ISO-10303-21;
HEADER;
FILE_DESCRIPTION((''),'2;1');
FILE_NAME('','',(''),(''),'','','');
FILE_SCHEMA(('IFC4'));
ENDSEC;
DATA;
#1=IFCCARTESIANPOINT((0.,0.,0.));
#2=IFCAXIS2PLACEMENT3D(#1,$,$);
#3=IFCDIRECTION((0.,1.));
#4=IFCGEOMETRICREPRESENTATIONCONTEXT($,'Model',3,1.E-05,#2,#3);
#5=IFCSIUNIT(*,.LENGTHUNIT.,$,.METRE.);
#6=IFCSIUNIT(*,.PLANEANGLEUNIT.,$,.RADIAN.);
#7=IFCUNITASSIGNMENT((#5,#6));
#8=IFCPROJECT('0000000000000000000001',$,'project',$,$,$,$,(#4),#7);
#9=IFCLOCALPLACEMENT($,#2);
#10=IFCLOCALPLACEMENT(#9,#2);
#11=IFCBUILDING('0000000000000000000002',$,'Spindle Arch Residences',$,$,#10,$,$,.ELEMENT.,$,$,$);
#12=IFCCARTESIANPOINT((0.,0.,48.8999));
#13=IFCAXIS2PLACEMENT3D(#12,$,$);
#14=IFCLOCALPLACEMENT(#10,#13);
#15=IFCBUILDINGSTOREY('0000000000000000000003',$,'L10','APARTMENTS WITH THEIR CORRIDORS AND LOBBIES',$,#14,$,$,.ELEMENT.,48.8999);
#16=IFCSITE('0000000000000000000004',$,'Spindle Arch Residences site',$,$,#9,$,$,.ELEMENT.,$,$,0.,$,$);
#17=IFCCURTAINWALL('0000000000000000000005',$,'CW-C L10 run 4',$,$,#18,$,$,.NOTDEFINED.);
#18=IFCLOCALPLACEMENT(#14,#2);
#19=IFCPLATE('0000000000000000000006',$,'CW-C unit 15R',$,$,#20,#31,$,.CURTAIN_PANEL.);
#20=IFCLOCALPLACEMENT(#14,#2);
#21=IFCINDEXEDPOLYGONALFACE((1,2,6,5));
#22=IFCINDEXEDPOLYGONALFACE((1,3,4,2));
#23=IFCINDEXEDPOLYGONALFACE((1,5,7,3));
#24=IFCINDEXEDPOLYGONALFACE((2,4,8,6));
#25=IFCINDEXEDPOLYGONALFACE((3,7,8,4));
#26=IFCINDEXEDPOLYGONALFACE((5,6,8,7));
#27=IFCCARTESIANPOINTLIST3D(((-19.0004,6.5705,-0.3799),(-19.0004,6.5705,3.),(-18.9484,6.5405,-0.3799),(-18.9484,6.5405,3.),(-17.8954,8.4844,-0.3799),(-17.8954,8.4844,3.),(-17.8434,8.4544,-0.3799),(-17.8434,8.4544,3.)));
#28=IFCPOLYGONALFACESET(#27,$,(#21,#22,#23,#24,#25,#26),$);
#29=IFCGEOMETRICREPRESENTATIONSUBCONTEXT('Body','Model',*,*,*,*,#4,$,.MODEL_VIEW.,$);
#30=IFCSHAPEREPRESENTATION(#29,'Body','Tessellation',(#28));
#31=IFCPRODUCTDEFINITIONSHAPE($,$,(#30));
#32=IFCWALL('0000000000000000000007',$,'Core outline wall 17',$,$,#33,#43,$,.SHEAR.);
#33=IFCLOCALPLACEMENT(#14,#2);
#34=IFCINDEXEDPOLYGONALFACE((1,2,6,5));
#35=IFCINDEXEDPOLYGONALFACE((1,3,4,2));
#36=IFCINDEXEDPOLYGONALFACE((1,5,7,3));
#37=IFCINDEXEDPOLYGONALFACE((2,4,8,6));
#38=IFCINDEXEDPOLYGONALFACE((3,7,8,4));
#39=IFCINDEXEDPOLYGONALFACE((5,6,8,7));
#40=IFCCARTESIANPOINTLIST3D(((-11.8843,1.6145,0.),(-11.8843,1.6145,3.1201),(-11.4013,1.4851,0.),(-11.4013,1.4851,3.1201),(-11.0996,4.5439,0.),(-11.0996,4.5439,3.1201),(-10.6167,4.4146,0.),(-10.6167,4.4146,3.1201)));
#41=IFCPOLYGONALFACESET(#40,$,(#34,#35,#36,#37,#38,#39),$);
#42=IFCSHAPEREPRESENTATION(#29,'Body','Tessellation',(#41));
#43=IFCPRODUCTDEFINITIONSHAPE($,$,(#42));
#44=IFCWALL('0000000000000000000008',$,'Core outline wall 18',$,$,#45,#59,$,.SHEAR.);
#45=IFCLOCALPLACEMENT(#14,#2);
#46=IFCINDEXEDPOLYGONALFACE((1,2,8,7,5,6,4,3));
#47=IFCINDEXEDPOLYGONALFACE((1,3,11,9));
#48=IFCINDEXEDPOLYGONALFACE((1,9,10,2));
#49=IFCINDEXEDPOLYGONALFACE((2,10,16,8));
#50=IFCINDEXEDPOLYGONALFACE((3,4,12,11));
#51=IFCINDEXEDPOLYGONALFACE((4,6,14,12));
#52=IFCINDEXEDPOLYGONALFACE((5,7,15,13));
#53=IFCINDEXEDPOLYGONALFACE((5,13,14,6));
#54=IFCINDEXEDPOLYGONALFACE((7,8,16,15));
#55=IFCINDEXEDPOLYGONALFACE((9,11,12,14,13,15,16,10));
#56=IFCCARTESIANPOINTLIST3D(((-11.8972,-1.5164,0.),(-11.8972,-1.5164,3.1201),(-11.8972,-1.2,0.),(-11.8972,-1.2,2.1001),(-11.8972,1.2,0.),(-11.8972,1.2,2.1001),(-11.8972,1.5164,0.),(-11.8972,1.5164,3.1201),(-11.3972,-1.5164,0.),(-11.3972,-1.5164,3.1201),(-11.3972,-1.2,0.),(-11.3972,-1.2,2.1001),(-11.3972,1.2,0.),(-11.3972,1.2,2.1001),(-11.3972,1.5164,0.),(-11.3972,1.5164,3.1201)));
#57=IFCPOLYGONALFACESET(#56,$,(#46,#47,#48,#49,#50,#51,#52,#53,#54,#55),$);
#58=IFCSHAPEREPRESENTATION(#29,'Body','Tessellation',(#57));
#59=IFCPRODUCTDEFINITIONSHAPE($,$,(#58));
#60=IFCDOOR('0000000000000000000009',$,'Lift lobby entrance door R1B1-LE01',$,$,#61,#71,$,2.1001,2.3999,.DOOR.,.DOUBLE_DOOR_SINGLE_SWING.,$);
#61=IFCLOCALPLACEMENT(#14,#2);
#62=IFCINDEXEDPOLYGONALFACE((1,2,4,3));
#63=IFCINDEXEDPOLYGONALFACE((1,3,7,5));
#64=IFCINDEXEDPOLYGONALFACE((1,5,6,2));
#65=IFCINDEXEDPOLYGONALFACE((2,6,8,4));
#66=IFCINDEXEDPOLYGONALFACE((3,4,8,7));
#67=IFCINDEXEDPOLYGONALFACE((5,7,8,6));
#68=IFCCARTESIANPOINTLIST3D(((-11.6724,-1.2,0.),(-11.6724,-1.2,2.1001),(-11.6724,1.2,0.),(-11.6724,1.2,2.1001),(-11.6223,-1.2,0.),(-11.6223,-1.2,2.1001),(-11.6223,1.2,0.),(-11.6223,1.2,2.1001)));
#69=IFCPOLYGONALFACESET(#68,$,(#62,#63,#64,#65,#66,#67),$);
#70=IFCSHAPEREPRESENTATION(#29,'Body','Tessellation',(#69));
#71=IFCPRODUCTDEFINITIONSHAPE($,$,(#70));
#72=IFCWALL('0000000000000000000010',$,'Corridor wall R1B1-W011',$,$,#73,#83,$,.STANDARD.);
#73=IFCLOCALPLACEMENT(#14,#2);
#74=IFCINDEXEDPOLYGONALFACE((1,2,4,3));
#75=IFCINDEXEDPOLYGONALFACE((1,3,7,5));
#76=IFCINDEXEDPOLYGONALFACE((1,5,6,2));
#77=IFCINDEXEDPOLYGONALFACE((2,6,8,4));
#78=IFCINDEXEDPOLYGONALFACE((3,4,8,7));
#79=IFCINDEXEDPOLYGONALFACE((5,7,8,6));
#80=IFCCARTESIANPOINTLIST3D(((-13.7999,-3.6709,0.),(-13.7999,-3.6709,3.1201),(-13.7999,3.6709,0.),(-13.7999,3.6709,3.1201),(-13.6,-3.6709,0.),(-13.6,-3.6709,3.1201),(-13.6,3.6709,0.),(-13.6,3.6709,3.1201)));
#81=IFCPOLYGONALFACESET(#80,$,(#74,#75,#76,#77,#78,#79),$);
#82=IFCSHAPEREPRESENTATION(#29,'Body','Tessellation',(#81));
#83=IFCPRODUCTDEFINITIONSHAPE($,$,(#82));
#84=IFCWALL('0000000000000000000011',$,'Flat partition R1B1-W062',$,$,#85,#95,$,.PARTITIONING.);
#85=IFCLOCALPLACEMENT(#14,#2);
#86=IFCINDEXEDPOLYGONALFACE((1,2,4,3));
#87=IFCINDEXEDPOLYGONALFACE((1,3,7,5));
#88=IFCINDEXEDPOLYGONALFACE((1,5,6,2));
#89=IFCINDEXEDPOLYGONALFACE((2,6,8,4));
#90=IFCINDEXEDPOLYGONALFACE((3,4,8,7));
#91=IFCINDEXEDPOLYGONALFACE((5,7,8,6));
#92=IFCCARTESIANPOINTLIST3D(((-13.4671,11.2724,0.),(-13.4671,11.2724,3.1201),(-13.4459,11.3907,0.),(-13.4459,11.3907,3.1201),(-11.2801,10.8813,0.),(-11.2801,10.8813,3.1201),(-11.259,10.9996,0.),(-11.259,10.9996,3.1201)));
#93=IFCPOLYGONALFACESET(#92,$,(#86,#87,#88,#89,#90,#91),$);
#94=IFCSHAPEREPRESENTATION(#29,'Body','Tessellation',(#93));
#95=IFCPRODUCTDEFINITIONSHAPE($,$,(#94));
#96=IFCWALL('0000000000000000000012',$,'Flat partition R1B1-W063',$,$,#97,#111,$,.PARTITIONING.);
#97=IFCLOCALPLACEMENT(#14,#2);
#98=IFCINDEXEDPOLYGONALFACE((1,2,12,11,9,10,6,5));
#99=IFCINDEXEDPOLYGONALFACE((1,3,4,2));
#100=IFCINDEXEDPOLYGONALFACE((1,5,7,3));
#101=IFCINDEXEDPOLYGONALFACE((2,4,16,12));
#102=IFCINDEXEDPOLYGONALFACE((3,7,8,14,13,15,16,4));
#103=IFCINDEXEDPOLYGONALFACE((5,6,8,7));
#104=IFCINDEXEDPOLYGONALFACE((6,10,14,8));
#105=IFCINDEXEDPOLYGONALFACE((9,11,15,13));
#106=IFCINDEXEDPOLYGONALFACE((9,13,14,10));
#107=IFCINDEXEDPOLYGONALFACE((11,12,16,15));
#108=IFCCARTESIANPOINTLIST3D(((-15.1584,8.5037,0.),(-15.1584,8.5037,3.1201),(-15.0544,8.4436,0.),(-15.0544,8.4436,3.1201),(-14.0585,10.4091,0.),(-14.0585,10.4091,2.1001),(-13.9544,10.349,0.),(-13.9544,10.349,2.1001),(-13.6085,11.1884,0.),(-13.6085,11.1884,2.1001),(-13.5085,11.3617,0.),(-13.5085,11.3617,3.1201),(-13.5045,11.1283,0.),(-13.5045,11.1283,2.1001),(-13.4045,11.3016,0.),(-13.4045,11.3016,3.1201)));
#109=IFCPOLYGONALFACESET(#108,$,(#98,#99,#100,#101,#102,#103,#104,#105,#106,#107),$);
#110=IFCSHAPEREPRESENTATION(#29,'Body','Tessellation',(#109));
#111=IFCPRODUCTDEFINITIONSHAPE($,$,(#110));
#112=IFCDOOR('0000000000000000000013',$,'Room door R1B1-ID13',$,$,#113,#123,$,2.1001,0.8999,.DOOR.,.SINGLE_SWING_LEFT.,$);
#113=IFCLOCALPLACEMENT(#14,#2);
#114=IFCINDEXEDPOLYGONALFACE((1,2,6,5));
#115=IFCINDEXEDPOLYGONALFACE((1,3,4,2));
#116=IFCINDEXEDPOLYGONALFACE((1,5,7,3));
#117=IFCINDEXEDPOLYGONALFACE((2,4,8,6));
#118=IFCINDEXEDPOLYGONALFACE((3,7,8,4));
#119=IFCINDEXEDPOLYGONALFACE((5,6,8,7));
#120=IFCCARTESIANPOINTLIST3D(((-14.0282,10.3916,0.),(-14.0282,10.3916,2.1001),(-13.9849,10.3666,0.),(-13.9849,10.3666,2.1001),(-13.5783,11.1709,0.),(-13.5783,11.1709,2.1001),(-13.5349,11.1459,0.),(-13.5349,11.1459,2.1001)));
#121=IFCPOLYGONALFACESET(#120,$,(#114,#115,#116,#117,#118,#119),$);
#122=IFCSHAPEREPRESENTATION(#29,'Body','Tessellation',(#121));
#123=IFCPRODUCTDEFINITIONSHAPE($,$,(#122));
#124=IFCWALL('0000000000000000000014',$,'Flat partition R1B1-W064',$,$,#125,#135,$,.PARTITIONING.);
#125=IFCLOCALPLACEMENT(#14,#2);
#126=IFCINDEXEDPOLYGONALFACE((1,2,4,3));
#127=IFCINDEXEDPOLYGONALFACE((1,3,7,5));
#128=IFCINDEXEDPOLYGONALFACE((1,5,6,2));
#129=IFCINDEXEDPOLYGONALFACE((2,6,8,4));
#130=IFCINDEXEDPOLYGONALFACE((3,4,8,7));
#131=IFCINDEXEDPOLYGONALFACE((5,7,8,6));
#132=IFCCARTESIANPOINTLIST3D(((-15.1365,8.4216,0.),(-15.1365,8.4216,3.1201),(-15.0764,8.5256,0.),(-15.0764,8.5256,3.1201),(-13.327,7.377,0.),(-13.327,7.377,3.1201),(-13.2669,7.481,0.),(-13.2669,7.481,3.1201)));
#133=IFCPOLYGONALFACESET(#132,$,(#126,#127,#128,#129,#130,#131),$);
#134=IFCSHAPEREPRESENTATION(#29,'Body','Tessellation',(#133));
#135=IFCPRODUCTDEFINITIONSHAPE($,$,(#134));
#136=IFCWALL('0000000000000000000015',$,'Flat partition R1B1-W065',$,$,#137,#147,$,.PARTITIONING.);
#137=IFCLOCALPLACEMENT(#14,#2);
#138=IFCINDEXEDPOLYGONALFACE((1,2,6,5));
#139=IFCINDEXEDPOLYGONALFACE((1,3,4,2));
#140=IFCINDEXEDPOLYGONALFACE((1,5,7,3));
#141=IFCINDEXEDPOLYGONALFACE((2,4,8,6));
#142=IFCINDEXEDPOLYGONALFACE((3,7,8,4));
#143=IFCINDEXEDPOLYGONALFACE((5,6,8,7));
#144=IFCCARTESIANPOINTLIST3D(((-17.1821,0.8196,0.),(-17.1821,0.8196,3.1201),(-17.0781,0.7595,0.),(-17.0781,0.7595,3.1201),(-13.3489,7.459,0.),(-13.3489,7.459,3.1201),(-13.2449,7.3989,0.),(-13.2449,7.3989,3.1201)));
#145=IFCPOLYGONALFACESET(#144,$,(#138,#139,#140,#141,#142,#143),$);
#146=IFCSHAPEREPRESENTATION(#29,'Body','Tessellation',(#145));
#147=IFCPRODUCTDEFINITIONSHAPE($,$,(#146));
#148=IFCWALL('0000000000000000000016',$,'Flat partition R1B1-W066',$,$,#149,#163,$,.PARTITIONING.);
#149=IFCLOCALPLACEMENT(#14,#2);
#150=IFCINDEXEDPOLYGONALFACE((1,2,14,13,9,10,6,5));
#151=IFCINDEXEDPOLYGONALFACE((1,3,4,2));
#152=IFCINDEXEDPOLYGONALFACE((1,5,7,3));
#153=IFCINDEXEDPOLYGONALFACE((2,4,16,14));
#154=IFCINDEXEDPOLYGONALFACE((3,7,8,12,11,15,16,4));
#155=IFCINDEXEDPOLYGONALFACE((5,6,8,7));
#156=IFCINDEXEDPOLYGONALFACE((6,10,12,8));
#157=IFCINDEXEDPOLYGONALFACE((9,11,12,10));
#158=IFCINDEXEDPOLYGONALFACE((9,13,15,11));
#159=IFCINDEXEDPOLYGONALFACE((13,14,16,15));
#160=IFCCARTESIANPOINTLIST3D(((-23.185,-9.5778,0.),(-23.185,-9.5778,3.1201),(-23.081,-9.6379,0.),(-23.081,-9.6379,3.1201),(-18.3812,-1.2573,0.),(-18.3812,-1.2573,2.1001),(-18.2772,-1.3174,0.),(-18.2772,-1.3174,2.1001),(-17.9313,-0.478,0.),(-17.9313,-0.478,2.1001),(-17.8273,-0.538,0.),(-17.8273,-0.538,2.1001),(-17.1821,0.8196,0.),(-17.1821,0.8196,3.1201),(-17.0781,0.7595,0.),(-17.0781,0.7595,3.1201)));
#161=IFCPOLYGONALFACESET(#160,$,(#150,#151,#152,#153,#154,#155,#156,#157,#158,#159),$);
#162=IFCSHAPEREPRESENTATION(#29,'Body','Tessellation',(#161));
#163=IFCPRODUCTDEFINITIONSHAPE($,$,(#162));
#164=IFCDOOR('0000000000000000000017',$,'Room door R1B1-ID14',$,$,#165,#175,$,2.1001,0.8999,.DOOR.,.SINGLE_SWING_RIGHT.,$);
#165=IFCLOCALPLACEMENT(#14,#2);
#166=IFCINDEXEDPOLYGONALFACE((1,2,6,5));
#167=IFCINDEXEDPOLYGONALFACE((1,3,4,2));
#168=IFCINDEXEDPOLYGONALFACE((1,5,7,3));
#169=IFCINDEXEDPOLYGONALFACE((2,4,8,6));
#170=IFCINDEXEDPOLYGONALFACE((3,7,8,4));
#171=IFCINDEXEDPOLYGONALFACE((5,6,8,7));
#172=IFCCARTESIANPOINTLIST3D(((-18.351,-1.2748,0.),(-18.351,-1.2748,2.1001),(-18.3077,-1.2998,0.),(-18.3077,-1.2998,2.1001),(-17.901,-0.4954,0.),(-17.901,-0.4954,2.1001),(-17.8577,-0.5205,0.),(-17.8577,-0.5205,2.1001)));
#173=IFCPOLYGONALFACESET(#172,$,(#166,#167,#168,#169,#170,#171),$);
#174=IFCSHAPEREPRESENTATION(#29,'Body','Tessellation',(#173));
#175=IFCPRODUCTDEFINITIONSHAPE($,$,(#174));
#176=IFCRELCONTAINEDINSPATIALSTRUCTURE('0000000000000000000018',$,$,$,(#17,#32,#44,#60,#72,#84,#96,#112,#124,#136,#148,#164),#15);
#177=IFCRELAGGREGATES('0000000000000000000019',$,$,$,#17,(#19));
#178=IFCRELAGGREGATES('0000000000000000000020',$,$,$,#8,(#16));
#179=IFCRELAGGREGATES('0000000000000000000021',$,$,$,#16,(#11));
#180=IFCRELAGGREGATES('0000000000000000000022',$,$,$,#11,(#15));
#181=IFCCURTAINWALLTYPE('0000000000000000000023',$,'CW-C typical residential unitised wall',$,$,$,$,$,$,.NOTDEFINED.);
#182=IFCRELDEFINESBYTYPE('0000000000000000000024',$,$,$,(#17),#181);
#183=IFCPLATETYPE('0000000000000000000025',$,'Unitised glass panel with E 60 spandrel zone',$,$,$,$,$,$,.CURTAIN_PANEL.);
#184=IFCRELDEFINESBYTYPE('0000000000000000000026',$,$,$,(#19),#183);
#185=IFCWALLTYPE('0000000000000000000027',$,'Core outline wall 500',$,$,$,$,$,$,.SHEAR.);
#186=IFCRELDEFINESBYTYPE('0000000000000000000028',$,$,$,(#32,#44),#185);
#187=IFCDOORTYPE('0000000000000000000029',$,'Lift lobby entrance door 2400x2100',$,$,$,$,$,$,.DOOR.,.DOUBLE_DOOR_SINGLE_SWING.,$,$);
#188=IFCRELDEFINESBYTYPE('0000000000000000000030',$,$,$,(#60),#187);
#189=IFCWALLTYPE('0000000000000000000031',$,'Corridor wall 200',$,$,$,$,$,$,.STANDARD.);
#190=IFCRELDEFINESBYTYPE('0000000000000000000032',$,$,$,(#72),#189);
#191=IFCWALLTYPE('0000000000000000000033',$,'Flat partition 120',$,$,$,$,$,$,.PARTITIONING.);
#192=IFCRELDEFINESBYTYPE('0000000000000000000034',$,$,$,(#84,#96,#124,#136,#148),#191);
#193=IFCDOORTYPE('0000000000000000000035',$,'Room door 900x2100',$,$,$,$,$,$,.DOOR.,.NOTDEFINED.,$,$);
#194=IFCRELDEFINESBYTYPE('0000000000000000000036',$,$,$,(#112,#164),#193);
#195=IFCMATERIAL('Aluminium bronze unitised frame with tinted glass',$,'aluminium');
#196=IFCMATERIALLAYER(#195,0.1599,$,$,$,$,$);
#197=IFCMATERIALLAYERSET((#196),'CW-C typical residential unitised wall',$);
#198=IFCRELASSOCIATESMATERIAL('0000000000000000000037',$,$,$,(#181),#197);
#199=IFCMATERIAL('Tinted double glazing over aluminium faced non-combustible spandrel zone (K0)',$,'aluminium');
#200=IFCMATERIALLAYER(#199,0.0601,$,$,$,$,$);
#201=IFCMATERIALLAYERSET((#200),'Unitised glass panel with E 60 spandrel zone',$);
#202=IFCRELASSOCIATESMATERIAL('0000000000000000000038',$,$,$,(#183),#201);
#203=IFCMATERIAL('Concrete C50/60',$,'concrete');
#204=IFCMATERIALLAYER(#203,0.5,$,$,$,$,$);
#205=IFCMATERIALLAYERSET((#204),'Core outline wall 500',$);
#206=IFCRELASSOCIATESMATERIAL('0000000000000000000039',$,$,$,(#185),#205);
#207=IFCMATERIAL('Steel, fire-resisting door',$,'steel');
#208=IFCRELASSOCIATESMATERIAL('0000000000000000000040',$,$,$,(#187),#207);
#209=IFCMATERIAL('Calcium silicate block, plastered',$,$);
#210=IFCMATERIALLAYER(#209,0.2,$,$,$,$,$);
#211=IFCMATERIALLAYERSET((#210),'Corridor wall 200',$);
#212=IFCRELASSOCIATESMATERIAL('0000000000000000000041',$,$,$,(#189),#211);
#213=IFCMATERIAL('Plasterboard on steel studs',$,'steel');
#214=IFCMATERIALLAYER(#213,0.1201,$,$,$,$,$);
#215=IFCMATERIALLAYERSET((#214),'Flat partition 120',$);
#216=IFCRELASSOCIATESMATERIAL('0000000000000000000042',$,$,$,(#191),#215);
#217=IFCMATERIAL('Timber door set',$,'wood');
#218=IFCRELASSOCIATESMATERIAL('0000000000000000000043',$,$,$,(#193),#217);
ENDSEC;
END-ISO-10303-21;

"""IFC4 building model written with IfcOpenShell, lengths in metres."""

from ifc_helpers import new_model, si_unit, direction, frame, frame_2d, origin, origin_2d, place, context, subcontext, project, spatial, rectangle, extrude, material, layer, layer_set, type_object, element, fill, aggregate, save


model = new_model("IFC4")

# Units and contexts
model_context = context("Model", 3, precision=1e-05, world=origin(), true_north=direction((0.0, 1.0)))
body_context = subcontext(model_context, "Body", "Model", "MODEL_VIEW")
ifc_project = project(units=[si_unit("LENGTHUNIT", "METRE"), si_unit("PLANEANGLEUNIT", "RADIAN")], contexts=[model_context])

# Site, building, storey
site_placement = place(None, origin())
site = spatial("IfcSite", under=ifc_project, at=site_placement, Name="Spindle Arch Residences site", CompositionType="ELEMENT", RefElevation=0.0)
building_placement = place(site_placement, origin())
building = spatial("IfcBuilding", under=site, at=building_placement, Name="Spindle Arch Residences", CompositionType="ELEMENT")
storey_placement = place(building_placement, frame((0.0, 0.0, 48.8999)))
storey = spatial("IfcBuildingStorey", under=building, at=storey_placement, Name="L10", Description="APARTMENTS WITH THEIR CORRIDORS AND LOBBIES", CompositionType="ELEMENT", Elevation=48.8999)

# Curtain wall, plate
ifc_material_1 = material(Name="Aluminium bronze unitised frame with tinted glass", Category="aluminium")
ifc_layer_1 = layer(ifc_material_1, 0.1599)
ifc_layer_set_1 = layer_set([ifc_layer_1], Name="CW-C typical residential unitised wall")
curtain_wall_type = type_object("IfcCurtainWallType", Name="CW-C typical residential unitised wall", PredefinedType="NOTDEFINED", material=ifc_layer_set_1)
curtain_wall_placement = place(storey_placement, origin())
curtain_wall = element("IfcCurtainWall", 1, at=curtain_wall_placement, inside=storey, type_object=curtain_wall_type, Name="CW-C L10 run 4", PredefinedType="NOTDEFINED")
ifc_material_2 = material(Name="Tinted double glazing over aluminium faced non-combustible spandrel zone (K0)", Category="aluminium")
ifc_layer_2 = layer(ifc_material_2, 0.0601)
ifc_layer_set_2 = layer_set([ifc_layer_2], Name="Unitised glass panel with E 60 spandrel zone")
plate_type = type_object("IfcPlateType", Name="Unitised glass panel with E 60 spandrel zone", PredefinedType="CURTAIN_PANEL", material=ifc_layer_set_2)
plate_placement = place(storey_placement, frame((-18.4219, 7.5125, -0.3799), z_axis=(0.0, 0.0, 1.0), x_axis=(-0.5, -0.866025, 0.0)))
plate = element("IfcPlate", 2, at=plate_placement, type_object=plate_type, Name="CW-C unit 15R", PredefinedType="CURTAIN_PANEL", context=body_context, shape_type="SweptSolid", body=[
    extrude(rectangle(XDim=2.21, YDim=0.0601, at=origin_2d()), origin(), (0.0, 0.0, 1.0), 3.3799),
])
aggregate(curtain_wall, [plate])

# Wall
ifc_material_3 = material(Name="Concrete C50/60", Category="concrete")
ifc_layer_3 = layer(ifc_material_3, 0.5)
ifc_layer_set_3 = layer_set([ifc_layer_3], Name="Core outline wall 500")
wall_type_1 = type_object("IfcWallType", Name="Core outline wall 500", PredefinedType="SHEAR", material=ifc_layer_set_3)
wall_1_placement = place(storey_placement, frame((-10.8582, 4.4792, 0.0), z_axis=(0.0, 0.0, 1.0), x_axis=(-0.258735, -0.965948, 0.0)))
element("IfcWall", 3, at=wall_1_placement, inside=storey, type_object=wall_type_1, Name="Core outline wall 17", PredefinedType="SHEAR", context=body_context, shape_type="SweptSolid", body=[
    extrude(rectangle(XDim=3.0327, YDim=0.5, at=frame_2d((1.5164, 0.0))), origin(), (0.0, 0.0, 1.0), 3.1201),
])

# Wall, opening, door
wall_2_placement = place(storey_placement, frame((-11.6472, 1.5164, 0.0), z_axis=(0.0, 0.0, 1.0), x_axis=(0.0, -1.0, 0.0)))
wall_2 = element("IfcWall", 4, at=wall_2_placement, inside=storey, type_object=wall_type_1, Name="Core outline wall 18", PredefinedType="SHEAR", context=body_context, shape_type="SweptSolid", body=[
    extrude(rectangle(XDim=3.0327, YDim=0.5, at=frame_2d((1.5164, 0.0))), origin(), (0.0, 0.0, 1.0), 3.1201),
])
opening_1_placement = place(wall_2_placement, frame((0.3164, 0.0, 0.0)))
opening_1 = element("IfcOpeningElement", 5, at=opening_1_placement, cuts=wall_2, PredefinedType="OPENING", context=body_context, shape_type="SweptSolid", body=[
    extrude(rectangle(XDim=2.3999, YDim=2.1001, at=frame_2d((1.2, 1.05))), frame((0.0, 0.26, 0.0), z_axis=(0.0, -1.0, 0.0), x_axis=(1.0, 0.0, 0.0)), (0.0, 0.0, 1.0), 0.52),
])
ifc_material_4 = material(Name="Steel, fire-resisting door", Category="steel")
door_type_1 = type_object("IfcDoorType", Name="Lift lobby entrance door 2400x2100", OperationType="DOUBLE_DOOR_SINGLE_SWING", PredefinedType="DOOR", material=ifc_material_4)
door_1_placement = place(opening_1_placement, origin())
door_1 = element("IfcDoor", 6, at=door_1_placement, inside=storey, type_object=door_type_1, Name="Lift lobby entrance door R1B1-LE01", OperationType="DOUBLE_DOOR_SINGLE_SWING", OverallHeight=2.1001, OverallWidth=2.3999, PredefinedType="DOOR", context=body_context, shape_type="SweptSolid", body=[
    extrude(rectangle(XDim=2.3999, YDim=2.1001, at=frame_2d((1.2, 1.05))), frame((0.0, 0.0249, 0.0), z_axis=(0.0, -1.0, 0.0), x_axis=(1.0, 0.0, 0.0)), (0.0, 0.0, 1.0), 0.05),
])
fill(opening_1, door_1)

# Walls
ifc_material_5 = material(Name="Calcium silicate block, plastered")
ifc_layer_4 = layer(ifc_material_5, 0.2)
ifc_layer_set_4 = layer_set([ifc_layer_4], Name="Corridor wall 200")
wall_type_2 = type_object("IfcWallType", Name="Corridor wall 200", PredefinedType="STANDARD", material=ifc_layer_set_4)
wall_3_placement = place(storey_placement, frame((-13.7, 3.6709, 0.0), z_axis=(0.0, 0.0, 1.0), x_axis=(0.0, -1.0, 0.0)))
element("IfcWall", 7, at=wall_3_placement, inside=storey, type_object=wall_type_2, Name="Corridor wall R1B1-W011", PredefinedType="STANDARD", context=body_context, shape_type="SweptSolid", body=[
    extrude(rectangle(XDim=7.3418, YDim=0.2, at=frame_2d((3.6709, 0.0))), origin(), (0.0, 0.0, 1.0), 3.1201),
])
ifc_material_6 = material(Name="Plasterboard on steel studs", Category="steel")
ifc_layer_5 = layer(ifc_material_6, 0.1201)
ifc_layer_set_5 = layer_set([ifc_layer_5], Name="Flat partition 120")
wall_type_3 = type_object("IfcWallType", Name="Flat partition 120", PredefinedType="PARTITIONING", material=ifc_layer_set_5)
wall_4_placement = place(storey_placement, frame((-11.2695, 10.9404, 0.0), z_axis=(0.0, 0.0, 1.0), x_axis=(-0.984383, 0.176042, 0.0)))
element("IfcWall", 8, at=wall_4_placement, inside=storey, type_object=wall_type_3, Name="Flat partition R1B1-W062", PredefinedType="PARTITIONING", context=body_context, shape_type="SweptSolid", body=[
    extrude(rectangle(XDim=2.2217, YDim=0.1201, at=frame_2d((1.1108, 0.0))), origin(), (0.0, 0.0, 1.0), 3.1201),
])

# Wall, opening, door
wall_5_placement = place(storey_placement, frame((-13.4565, 11.3315, 0.0), z_axis=(0.0, 0.0, 1.0), x_axis=(-0.499974, -0.86604, 0.0)))
wall_5 = element("IfcWall", 9, at=wall_5_placement, inside=storey, type_object=wall_type_3, Name="Flat partition R1B1-W063", PredefinedType="PARTITIONING", context=body_context, shape_type="SweptSolid", body=[
    extrude(rectangle(XDim=3.3, YDim=0.1201, at=frame_2d((1.6499, 0.0))), origin(), (0.0, 0.0, 1.0), 3.1201),
])
opening_2_placement = place(wall_5_placement, frame((0.2, 0.0, 0.0)))
opening_2 = element("IfcOpeningElement", 10, at=opening_2_placement, cuts=wall_5, PredefinedType="OPENING", context=body_context, shape_type="SweptSolid", body=[
    extrude(rectangle(XDim=0.8999, YDim=2.1001, at=frame_2d((0.45, 1.05))), frame((0.0, 0.0701, 0.0), z_axis=(0.0, -1.0, 0.0), x_axis=(1.0, 0.0, 0.0)), (0.0, 0.0, 1.0), 0.1401),
])
ifc_material_7 = material(Name="Timber door set", Category="wood")
door_type_2 = type_object("IfcDoorType", Name="Room door 900x2100", OperationType="NOTDEFINED", PredefinedType="DOOR", material=ifc_material_7)
door_2_placement = place(opening_2_placement, origin())
door_2 = element("IfcDoor", 11, at=door_2_placement, inside=storey, type_object=door_type_2, Name="Room door R1B1-ID13", OperationType="SINGLE_SWING_LEFT", OverallHeight=2.1001, OverallWidth=0.8999, PredefinedType="DOOR", context=body_context, shape_type="SweptSolid", body=[
    extrude(rectangle(XDim=0.8999, YDim=2.1001, at=frame_2d((0.45, 1.05))), frame((0.0, 0.0249, 0.0), z_axis=(0.0, -1.0, 0.0), x_axis=(1.0, 0.0, 0.0)), (0.0, 0.0, 1.0), 0.05),
])
fill(opening_2, door_2)

# Walls
wall_6_placement = place(storey_placement, frame((-15.1064, 8.4736, 0.0), z_axis=(0.0, 0.0, 1.0), x_axis=(0.866042, -0.499972, 0.0)))
element("IfcWall", 12, at=wall_6_placement, inside=storey, type_object=wall_type_3, Name="Flat partition R1B1-W064", PredefinedType="PARTITIONING", context=body_context, shape_type="SweptSolid", body=[
    extrude(rectangle(XDim=2.0894, YDim=0.1201, at=frame_2d((1.0447, 0.0))), origin(), (0.0, 0.0, 1.0), 3.1201),
])
wall_7_placement = place(storey_placement, frame((-13.2969, 7.429, 0.0), z_axis=(0.0, 0.0, 1.0), x_axis=(-0.499999, -0.866026, 0.0)))
element("IfcWall", 13, at=wall_7_placement, inside=storey, type_object=wall_type_3, Name="Flat partition R1B1-W065", PredefinedType="PARTITIONING", context=body_context, shape_type="SweptSolid", body=[
    extrude(rectangle(XDim=7.6665, YDim=0.1201, at=frame_2d((3.8333, 0.0))), origin(), (0.0, 0.0, 1.0), 3.1201),
])

# Wall, opening, door
wall_8_placement = place(storey_placement, frame((-17.1301, 0.7896, 0.0), z_axis=(0.0, 0.0, 1.0), x_axis=(-0.499997, -0.866027, 0.0)))
wall_8 = element("IfcWall", 14, at=wall_8_placement, inside=storey, type_object=wall_type_3, Name="Flat partition R1B1-W066", PredefinedType="PARTITIONING", context=body_context, shape_type="SweptSolid", body=[
    extrude(rectangle(XDim=12.0059, YDim=0.1201, at=frame_2d((6.0029, 0.0))), origin(), (0.0, 0.0, 1.0), 3.1201),
])
opening_3_placement = place(wall_8_placement, frame((1.4983, 0.0, 0.0)))
opening_3 = element("IfcOpeningElement", 15, at=opening_3_placement, cuts=wall_8, PredefinedType="OPENING", context=body_context, shape_type="SweptSolid", body=[
    extrude(rectangle(XDim=0.8999, YDim=2.1001, at=frame_2d((0.45, 1.05))), frame((0.0, 0.0701, 0.0), z_axis=(0.0, -1.0, 0.0), x_axis=(1.0, 0.0, 0.0)), (0.0, 0.0, 1.0), 0.1401),
])
door_3_placement = place(opening_3_placement, origin())
door_3 = element("IfcDoor", 16, at=door_3_placement, inside=storey, type_object=door_type_2, Name="Room door R1B1-ID14", OperationType="SINGLE_SWING_RIGHT", OverallHeight=2.1001, OverallWidth=0.8999, PredefinedType="DOOR", context=body_context, shape_type="SweptSolid", body=[
    extrude(rectangle(XDim=0.8999, YDim=2.1001, at=frame_2d((0.45, 1.05))), frame((0.0, 0.0249, 0.0), z_axis=(0.0, -1.0, 0.0), x_axis=(1.0, 0.0, 0.0)), (0.0, 0.0, 1.0), 0.05),
])
fill(opening_3, door_3)

save(model, "model.ifc")
